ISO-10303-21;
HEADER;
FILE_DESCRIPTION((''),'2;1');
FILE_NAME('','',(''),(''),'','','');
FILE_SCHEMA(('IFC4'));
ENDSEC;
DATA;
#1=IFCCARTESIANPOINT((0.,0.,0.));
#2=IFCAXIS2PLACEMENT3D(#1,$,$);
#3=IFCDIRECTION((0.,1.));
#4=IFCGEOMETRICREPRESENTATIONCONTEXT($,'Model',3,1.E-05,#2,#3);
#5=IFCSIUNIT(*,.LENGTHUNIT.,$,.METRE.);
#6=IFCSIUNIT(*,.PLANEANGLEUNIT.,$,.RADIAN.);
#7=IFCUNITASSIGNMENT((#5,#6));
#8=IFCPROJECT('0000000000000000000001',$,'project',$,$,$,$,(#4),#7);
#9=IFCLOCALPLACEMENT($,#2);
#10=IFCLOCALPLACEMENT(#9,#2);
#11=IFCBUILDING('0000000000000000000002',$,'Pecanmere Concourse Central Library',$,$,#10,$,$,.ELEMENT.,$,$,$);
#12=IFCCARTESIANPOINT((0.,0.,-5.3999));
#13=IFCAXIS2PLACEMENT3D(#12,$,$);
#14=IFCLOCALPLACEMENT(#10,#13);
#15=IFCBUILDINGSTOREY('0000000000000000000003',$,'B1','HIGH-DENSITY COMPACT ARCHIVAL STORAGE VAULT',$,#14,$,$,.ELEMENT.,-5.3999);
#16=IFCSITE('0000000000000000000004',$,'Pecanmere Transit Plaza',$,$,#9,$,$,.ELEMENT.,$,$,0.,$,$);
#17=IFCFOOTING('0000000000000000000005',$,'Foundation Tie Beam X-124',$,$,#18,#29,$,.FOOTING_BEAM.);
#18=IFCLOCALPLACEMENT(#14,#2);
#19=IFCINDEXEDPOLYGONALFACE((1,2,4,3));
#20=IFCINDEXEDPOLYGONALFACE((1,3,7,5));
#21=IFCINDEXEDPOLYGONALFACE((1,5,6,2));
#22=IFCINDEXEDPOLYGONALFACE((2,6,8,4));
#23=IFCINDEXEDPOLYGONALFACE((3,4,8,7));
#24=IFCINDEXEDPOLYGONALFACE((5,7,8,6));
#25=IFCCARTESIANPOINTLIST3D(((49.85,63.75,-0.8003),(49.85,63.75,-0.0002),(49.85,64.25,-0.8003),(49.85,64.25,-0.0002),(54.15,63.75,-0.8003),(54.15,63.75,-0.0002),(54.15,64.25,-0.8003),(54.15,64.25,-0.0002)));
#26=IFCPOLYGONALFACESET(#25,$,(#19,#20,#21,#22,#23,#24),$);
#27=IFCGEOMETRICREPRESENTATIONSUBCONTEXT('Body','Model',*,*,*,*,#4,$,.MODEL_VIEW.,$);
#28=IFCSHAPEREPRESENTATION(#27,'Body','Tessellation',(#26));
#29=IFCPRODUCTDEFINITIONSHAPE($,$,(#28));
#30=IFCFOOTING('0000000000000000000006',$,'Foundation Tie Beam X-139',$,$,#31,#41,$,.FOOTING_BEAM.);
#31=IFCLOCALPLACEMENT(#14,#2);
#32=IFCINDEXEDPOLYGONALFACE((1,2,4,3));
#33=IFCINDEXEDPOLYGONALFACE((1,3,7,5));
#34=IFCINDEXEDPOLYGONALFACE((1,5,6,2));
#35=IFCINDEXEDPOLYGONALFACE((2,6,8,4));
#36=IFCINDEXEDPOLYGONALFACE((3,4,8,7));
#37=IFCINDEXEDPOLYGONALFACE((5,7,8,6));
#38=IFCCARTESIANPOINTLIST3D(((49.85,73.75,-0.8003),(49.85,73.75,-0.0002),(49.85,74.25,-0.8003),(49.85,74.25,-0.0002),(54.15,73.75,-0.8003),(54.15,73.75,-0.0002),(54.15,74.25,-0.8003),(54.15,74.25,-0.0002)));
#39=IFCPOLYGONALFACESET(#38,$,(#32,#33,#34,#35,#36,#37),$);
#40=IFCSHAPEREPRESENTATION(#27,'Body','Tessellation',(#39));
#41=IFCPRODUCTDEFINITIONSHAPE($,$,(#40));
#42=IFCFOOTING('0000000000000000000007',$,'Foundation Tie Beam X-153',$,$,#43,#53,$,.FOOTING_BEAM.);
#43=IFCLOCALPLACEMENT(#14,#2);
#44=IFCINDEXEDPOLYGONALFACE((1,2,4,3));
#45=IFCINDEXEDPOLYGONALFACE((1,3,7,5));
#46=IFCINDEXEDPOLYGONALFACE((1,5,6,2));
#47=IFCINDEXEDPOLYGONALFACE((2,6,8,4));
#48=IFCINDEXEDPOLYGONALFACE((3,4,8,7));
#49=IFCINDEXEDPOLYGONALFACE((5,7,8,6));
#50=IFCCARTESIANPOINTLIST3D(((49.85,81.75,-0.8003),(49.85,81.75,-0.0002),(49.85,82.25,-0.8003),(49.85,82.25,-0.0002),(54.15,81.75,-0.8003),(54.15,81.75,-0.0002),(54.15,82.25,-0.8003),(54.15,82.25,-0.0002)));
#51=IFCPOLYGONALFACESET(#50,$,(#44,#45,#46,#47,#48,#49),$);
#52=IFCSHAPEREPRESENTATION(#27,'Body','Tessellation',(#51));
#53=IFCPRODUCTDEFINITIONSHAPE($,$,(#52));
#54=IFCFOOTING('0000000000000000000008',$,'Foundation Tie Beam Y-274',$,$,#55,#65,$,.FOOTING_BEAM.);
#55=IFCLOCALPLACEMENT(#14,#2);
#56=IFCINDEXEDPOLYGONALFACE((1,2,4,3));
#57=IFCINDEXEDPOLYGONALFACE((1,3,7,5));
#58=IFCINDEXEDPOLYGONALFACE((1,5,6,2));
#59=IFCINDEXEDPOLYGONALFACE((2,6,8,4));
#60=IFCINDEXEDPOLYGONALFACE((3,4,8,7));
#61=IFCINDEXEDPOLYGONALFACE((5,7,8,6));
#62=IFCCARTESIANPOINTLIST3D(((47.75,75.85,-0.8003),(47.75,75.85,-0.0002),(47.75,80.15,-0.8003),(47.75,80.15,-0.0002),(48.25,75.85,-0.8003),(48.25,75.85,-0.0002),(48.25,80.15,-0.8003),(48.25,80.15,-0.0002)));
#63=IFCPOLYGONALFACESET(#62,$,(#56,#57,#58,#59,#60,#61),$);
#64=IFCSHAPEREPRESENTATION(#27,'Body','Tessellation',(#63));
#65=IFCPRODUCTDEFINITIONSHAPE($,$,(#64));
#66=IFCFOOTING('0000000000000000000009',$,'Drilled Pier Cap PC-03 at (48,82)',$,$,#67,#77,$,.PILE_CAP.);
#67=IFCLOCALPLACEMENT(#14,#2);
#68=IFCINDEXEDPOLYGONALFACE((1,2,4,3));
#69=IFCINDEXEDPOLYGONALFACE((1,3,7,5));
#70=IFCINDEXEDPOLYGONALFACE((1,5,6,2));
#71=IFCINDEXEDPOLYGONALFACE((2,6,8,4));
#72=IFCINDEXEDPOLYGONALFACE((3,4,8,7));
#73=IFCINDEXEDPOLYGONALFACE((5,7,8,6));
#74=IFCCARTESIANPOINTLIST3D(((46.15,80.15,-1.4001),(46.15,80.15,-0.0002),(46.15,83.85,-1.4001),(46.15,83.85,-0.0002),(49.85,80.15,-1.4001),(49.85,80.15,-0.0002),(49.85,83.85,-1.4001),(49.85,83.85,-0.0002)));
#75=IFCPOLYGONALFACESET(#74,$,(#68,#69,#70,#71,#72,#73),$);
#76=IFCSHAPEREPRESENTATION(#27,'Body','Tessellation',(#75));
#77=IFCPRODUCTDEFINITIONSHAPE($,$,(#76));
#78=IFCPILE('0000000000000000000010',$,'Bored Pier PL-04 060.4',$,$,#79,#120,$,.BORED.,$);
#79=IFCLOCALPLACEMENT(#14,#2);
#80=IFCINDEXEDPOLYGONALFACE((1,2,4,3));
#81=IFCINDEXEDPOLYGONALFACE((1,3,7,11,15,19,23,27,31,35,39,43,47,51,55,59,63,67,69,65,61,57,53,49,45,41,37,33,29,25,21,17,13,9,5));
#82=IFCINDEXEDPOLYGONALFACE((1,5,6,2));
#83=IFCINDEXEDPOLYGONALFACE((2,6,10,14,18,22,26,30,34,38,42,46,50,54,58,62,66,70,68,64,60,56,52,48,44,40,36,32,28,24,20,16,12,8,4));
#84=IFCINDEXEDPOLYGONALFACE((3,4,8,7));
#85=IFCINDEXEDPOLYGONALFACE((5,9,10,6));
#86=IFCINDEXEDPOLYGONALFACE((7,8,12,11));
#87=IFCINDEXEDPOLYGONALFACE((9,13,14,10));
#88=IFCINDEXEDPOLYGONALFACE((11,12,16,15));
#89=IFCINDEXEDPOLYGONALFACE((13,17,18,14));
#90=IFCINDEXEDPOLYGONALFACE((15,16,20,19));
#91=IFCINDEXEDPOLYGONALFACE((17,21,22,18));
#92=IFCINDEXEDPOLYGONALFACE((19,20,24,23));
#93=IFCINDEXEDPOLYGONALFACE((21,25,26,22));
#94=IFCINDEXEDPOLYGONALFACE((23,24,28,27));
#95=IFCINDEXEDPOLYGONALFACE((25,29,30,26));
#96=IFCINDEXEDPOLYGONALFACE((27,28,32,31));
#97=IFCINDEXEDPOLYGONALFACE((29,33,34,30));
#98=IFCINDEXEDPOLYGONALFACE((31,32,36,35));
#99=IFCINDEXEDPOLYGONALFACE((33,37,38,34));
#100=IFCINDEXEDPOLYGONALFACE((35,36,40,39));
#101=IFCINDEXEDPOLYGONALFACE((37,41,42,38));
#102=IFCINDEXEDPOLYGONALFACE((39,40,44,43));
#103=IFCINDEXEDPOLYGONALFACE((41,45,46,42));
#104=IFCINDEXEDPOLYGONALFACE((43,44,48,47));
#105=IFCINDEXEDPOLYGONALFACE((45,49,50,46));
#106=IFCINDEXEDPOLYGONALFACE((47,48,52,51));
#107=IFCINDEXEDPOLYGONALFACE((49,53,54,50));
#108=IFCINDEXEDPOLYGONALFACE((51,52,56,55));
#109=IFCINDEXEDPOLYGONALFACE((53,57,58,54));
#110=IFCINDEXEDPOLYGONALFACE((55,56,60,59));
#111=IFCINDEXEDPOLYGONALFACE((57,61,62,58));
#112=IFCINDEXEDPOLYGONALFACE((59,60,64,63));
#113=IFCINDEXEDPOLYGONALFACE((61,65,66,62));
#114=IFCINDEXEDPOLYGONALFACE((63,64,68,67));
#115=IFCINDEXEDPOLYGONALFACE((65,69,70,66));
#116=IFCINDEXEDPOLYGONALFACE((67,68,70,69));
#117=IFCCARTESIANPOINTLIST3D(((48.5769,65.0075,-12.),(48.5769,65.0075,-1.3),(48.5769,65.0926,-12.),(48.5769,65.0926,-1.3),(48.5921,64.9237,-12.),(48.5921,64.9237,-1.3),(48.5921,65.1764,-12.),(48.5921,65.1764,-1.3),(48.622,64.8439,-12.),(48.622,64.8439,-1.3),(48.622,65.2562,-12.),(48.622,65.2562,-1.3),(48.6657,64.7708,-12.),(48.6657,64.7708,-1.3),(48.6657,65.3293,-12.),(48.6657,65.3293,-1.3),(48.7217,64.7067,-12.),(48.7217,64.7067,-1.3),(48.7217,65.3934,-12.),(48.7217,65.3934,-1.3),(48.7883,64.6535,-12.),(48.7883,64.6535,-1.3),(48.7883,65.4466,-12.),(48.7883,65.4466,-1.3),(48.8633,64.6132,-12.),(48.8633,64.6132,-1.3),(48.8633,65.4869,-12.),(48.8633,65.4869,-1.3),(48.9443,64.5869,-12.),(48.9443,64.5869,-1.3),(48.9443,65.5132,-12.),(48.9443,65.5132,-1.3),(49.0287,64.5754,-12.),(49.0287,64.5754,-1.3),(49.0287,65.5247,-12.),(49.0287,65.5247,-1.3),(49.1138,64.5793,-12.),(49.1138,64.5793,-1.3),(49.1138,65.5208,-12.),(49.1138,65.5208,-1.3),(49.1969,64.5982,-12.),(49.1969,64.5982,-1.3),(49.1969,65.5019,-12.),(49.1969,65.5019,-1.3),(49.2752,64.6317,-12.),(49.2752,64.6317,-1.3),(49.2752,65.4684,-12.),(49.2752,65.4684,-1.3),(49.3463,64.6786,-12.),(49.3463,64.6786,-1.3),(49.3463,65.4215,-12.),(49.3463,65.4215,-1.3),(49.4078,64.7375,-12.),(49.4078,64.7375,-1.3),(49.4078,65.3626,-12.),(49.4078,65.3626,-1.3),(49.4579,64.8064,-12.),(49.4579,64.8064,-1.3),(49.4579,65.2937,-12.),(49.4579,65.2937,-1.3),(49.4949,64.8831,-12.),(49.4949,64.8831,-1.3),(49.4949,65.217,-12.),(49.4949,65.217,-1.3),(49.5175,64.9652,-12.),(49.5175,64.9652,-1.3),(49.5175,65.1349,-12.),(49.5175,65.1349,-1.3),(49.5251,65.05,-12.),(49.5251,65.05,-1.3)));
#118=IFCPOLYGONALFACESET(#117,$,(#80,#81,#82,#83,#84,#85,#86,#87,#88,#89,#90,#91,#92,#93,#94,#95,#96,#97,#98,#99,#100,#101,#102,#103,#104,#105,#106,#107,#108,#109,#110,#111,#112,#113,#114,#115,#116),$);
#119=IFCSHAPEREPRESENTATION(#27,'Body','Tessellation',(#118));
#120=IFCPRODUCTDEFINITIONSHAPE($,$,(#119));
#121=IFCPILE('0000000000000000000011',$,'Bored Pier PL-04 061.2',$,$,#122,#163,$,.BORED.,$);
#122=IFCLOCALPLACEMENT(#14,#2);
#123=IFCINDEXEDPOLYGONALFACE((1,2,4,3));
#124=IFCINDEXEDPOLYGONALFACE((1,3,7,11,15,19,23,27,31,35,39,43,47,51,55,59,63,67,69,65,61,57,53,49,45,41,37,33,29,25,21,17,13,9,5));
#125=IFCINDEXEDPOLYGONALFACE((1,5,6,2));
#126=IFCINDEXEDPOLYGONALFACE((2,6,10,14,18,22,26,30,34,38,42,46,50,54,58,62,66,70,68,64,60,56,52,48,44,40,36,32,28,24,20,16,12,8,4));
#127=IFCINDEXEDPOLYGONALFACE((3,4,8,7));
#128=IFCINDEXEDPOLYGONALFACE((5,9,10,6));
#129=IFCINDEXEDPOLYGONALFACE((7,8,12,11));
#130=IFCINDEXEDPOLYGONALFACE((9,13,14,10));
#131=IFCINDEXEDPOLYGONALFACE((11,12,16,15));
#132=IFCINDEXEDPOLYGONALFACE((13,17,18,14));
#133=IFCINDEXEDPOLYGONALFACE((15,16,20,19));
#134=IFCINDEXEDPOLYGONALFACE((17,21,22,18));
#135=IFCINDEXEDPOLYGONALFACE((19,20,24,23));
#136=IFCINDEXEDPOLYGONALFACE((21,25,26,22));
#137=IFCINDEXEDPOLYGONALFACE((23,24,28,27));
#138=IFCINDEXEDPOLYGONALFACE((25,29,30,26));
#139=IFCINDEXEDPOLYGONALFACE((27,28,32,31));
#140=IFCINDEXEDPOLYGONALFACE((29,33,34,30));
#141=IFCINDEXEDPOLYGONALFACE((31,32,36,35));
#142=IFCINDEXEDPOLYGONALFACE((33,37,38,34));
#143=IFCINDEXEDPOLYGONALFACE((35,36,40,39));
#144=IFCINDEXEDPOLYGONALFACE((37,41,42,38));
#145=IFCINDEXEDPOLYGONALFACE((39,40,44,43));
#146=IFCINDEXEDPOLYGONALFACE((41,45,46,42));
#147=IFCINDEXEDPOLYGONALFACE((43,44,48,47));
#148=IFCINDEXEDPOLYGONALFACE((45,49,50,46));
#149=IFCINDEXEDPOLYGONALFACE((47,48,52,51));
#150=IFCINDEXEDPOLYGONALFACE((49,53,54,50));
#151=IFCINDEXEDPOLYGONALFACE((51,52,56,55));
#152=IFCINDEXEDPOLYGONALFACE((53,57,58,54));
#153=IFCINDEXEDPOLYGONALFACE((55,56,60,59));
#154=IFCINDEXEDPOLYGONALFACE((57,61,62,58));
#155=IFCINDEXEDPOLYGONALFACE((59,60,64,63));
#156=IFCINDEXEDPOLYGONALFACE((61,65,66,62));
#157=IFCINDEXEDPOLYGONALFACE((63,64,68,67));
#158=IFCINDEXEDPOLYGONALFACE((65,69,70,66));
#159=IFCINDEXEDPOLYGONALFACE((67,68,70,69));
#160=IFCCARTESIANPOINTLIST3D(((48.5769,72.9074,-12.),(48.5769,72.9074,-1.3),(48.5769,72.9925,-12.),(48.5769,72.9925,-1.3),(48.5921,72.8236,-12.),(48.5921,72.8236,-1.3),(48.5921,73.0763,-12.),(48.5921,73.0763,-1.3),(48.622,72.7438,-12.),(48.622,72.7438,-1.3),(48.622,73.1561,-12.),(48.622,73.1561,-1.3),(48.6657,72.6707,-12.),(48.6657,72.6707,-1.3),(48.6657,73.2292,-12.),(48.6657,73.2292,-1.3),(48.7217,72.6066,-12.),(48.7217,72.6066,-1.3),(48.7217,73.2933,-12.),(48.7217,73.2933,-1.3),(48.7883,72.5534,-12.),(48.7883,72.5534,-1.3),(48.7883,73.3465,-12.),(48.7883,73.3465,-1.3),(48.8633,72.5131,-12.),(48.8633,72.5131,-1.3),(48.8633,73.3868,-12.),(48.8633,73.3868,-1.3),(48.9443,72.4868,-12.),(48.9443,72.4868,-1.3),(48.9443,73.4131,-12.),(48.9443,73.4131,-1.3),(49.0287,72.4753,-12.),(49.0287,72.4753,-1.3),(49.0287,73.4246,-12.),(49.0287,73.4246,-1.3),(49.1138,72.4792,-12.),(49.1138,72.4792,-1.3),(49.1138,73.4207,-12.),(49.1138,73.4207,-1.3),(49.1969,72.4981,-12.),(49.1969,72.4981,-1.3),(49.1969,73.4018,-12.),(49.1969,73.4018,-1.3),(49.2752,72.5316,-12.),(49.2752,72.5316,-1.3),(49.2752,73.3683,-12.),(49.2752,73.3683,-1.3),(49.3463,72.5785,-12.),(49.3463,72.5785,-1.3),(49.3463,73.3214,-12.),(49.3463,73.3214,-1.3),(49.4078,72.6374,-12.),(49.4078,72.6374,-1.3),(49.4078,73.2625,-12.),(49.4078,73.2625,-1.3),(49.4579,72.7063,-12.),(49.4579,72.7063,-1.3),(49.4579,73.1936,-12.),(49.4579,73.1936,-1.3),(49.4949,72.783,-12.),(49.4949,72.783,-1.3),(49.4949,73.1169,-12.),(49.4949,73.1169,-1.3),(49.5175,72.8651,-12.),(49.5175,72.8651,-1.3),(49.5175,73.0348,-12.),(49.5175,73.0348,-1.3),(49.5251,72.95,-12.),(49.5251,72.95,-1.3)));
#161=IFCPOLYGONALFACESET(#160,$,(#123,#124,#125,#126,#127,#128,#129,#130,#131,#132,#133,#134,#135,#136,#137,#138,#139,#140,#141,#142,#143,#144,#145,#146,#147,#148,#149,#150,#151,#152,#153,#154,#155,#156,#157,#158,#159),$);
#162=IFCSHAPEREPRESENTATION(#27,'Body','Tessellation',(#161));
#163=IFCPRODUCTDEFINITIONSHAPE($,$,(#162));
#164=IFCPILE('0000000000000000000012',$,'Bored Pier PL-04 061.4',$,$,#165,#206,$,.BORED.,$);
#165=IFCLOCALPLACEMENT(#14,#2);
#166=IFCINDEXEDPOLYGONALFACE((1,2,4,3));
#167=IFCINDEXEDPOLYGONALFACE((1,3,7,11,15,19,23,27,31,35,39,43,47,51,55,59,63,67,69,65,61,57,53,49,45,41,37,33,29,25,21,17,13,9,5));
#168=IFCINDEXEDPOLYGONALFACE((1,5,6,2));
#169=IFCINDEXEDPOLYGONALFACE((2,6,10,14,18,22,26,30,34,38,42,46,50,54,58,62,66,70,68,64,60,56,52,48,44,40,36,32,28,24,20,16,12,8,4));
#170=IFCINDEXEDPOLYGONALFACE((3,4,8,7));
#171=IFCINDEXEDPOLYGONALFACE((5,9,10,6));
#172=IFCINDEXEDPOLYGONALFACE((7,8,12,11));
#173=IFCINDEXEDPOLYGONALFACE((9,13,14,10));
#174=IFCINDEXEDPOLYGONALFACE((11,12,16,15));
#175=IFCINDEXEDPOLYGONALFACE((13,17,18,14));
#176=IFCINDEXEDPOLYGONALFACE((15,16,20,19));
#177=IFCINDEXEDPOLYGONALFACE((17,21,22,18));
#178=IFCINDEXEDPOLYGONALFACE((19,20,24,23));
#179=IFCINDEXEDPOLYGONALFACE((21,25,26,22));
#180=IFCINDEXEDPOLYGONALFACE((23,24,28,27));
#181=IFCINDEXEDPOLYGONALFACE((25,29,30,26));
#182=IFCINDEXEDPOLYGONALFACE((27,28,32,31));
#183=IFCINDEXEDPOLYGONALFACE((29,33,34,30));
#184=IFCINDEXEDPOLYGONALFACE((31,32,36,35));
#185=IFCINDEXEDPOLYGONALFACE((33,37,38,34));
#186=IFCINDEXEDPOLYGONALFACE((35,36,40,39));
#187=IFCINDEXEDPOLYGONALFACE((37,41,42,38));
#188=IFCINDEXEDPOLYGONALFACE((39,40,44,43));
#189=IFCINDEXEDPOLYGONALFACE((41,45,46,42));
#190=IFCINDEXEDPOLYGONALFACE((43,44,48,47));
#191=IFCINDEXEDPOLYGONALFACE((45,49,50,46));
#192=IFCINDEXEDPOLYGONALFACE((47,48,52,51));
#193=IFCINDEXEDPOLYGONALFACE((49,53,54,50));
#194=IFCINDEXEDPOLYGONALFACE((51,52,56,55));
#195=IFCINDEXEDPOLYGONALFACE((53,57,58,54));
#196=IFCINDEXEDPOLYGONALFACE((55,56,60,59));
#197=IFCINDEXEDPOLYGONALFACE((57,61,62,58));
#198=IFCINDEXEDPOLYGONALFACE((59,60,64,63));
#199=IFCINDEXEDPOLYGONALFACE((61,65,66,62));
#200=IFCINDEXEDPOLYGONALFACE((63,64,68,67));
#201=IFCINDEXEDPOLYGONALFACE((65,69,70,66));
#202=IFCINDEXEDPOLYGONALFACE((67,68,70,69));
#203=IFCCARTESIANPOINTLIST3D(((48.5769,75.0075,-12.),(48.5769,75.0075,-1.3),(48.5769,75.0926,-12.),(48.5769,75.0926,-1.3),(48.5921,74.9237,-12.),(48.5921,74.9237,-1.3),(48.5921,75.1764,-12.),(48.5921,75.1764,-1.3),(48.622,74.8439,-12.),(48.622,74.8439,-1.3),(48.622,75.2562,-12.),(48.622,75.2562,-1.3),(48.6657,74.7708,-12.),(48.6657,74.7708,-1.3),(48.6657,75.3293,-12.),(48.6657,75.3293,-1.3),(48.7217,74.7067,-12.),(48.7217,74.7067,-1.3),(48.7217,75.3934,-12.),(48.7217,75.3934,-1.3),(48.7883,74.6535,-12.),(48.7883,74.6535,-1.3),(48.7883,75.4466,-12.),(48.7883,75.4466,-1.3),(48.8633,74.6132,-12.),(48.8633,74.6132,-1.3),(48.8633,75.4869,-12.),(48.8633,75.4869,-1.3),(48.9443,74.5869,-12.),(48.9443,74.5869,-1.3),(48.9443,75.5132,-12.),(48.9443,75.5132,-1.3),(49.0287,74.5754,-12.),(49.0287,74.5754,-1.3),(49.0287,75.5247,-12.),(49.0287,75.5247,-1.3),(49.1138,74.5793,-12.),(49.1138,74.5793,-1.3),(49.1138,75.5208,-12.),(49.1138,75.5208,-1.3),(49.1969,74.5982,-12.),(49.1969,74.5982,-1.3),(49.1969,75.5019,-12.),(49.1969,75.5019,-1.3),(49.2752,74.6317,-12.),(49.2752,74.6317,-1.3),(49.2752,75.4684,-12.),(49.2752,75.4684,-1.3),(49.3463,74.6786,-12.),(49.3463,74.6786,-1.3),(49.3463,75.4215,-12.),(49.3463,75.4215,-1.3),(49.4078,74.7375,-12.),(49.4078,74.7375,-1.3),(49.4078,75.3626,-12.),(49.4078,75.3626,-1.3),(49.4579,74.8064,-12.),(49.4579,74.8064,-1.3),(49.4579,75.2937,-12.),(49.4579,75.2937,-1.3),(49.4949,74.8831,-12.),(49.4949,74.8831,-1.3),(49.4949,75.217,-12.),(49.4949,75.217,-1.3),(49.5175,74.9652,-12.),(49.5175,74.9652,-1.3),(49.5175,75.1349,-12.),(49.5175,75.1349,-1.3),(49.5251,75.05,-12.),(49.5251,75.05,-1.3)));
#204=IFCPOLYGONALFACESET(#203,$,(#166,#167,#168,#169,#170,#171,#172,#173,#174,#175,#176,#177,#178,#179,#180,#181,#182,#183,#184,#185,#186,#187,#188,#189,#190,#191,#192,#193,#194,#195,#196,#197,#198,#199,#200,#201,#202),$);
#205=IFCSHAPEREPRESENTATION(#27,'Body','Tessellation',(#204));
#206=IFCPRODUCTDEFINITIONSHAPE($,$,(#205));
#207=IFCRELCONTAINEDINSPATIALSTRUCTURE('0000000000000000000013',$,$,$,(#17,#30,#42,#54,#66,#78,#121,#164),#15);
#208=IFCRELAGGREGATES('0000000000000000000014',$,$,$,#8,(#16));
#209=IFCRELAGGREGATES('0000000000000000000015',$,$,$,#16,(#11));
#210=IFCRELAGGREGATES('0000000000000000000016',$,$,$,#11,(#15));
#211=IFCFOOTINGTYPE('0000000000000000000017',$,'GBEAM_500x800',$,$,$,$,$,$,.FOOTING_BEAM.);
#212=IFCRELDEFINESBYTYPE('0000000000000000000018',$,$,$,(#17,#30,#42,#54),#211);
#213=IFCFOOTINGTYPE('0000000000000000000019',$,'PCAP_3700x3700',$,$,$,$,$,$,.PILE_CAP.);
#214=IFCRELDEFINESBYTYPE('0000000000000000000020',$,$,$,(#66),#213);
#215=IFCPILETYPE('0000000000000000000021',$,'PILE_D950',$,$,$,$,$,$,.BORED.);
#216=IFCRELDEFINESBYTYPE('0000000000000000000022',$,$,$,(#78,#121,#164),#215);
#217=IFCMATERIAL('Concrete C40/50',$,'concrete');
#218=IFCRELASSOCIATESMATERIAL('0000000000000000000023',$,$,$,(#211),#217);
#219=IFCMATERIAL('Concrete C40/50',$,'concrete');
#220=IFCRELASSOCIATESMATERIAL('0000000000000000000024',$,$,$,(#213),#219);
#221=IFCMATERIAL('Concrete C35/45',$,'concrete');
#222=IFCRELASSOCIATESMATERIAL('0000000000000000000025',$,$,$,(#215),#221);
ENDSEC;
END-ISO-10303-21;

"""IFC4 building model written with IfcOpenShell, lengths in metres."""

from ifc_helpers import new_model, si_unit, direction, frame, origin, origin_2d, place, context, subcontext, project, spatial, rectangle, circle, extrude, material, material_profile, profile_set, type_object, element, save


model = new_model("IFC4")

# Units and contexts
model_context = context("Model", 3, precision=1e-05, world=origin(), true_north=direction((0.0, 1.0)))
body_context = subcontext(model_context, "Body", "Model", "MODEL_VIEW")
ifc_project = project(units=[si_unit("LENGTHUNIT", "METRE"), si_unit("PLANEANGLEUNIT", "RADIAN")], contexts=[model_context])

# Site, building, storey
site_placement = place(None, origin())
site = spatial("IfcSite", under=ifc_project, at=site_placement, Name="Pecanmere Transit Plaza", CompositionType="ELEMENT", RefElevation=0.0)
building_placement = place(site_placement, origin())
building = spatial("IfcBuilding", under=site, at=building_placement, Name="Pecanmere Concourse Central Library", CompositionType="ELEMENT")
storey_placement = place(building_placement, frame((0.0, 0.0, -5.3999)))
storey = spatial("IfcBuildingStorey", under=building, at=storey_placement, Name="B1", Description="HIGH-DENSITY COMPACT ARCHIVAL STORAGE VAULT", CompositionType="ELEMENT", Elevation=-5.3999)

# Footings
ifc_material_1 = material(Name="Concrete C40/50", Category="concrete")
ifc_material_profile_1 = material_profile(ifc_material_1, rectangle(XDim=0.5, YDim=0.8, at=origin_2d()), Name="RC 500x800")
ifc_profile_set_1 = profile_set([ifc_material_profile_1], Name="Concrete C40/50")
footing_type_1 = type_object("IfcFootingType", Name="GBEAM_500x800", PredefinedType="FOOTING_BEAM", material=ifc_profile_set_1)
for number, where, z_axis, x_axis, name in (
    (1, (52.0, 64.0, -0.8003), (0.0, 0.0, 1.0), (1.0, 0.0, 0.0), "Foundation Tie Beam X-124"),
    (2, (52.0, 74.0, -0.8003), (0.0, 0.0, 1.0), (1.0, 0.0, 0.0), "Foundation Tie Beam X-139"),
    (3, (52.0, 82.0, -0.8003), (0.0, 0.0, 1.0), (1.0, 0.0, 0.0), "Foundation Tie Beam X-153"),
    (4, (48.0, 78.0, -0.8003), (0.0, 0.0, 1.0), (0.0, 1.0, 0.0), "Foundation Tie Beam Y-274"),
):
    element("IfcFooting", number, at=place(storey_placement, frame(where, z_axis=z_axis, x_axis=x_axis)), inside=storey, type_object=footing_type_1, Name=name, PredefinedType="FOOTING_BEAM", context=body_context, shape_type="SweptSolid", body=[
        extrude(rectangle(XDim=4.3, YDim=0.5, at=origin_2d()), origin(), (0.0, 0.0, 1.0), 0.8),
    ])
ifc_material_2 = material(Name="Concrete C40/50", Category="concrete")
footing_type_2 = type_object("IfcFootingType", Name="PCAP_3700x3700", PredefinedType="PILE_CAP", material=ifc_material_2)
footing_placement = place(storey_placement, frame((48.0, 82.0, -1.4001), z_axis=(0.0, 0.0, 1.0), x_axis=(1.0, 0.0, 0.0)))
element("IfcFooting", 5, at=footing_placement, inside=storey, type_object=footing_type_2, Name="Drilled Pier Cap PC-03 at (48,82)", PredefinedType="PILE_CAP", context=body_context, shape_type="SweptSolid", body=[
    extrude(rectangle(XDim=3.7, YDim=3.7, at=origin_2d()), origin(), (0.0, 0.0, 1.0), 1.3999),
])

# Piles
ifc_material_3 = material(Name="Concrete C35/45", Category="concrete")
ifc_material_profile_2 = material_profile(ifc_material_3, circle(Radius=0.4751, at=origin_2d()), Name="PIER D950")
ifc_profile_set_2 = profile_set([ifc_material_profile_2], Name="Concrete C35/45")
pile_type = type_object("IfcPileType", Name="PILE_D950", PredefinedType="BORED", material=ifc_profile_set_2)
for number, where, z_axis, x_axis, name in (
    (6, (49.05, 65.05, -1.3), (0.0, 0.0, -1.0), (1.0, 0.0, 0.0), "Bored Pier PL-04 060.4"),
    (7, (49.05, 72.95, -1.3), (0.0, 0.0, -1.0), (1.0, 0.0, 0.0), "Bored Pier PL-04 061.2"),
    (8, (49.05, 75.05, -1.3), (0.0, 0.0, -1.0), (1.0, 0.0, 0.0), "Bored Pier PL-04 061.4"),
):
    element("IfcPile", number, at=place(storey_placement, frame(where, z_axis=z_axis, x_axis=x_axis)), inside=storey, type_object=pile_type, Name=name, PredefinedType="BORED", context=body_context, shape_type="SweptSolid", body=[
        extrude(circle(Radius=0.4751, at=origin_2d()), origin(), (0.0, 0.0, 1.0), 10.7),
    ])

save(model, "model.ifc")
